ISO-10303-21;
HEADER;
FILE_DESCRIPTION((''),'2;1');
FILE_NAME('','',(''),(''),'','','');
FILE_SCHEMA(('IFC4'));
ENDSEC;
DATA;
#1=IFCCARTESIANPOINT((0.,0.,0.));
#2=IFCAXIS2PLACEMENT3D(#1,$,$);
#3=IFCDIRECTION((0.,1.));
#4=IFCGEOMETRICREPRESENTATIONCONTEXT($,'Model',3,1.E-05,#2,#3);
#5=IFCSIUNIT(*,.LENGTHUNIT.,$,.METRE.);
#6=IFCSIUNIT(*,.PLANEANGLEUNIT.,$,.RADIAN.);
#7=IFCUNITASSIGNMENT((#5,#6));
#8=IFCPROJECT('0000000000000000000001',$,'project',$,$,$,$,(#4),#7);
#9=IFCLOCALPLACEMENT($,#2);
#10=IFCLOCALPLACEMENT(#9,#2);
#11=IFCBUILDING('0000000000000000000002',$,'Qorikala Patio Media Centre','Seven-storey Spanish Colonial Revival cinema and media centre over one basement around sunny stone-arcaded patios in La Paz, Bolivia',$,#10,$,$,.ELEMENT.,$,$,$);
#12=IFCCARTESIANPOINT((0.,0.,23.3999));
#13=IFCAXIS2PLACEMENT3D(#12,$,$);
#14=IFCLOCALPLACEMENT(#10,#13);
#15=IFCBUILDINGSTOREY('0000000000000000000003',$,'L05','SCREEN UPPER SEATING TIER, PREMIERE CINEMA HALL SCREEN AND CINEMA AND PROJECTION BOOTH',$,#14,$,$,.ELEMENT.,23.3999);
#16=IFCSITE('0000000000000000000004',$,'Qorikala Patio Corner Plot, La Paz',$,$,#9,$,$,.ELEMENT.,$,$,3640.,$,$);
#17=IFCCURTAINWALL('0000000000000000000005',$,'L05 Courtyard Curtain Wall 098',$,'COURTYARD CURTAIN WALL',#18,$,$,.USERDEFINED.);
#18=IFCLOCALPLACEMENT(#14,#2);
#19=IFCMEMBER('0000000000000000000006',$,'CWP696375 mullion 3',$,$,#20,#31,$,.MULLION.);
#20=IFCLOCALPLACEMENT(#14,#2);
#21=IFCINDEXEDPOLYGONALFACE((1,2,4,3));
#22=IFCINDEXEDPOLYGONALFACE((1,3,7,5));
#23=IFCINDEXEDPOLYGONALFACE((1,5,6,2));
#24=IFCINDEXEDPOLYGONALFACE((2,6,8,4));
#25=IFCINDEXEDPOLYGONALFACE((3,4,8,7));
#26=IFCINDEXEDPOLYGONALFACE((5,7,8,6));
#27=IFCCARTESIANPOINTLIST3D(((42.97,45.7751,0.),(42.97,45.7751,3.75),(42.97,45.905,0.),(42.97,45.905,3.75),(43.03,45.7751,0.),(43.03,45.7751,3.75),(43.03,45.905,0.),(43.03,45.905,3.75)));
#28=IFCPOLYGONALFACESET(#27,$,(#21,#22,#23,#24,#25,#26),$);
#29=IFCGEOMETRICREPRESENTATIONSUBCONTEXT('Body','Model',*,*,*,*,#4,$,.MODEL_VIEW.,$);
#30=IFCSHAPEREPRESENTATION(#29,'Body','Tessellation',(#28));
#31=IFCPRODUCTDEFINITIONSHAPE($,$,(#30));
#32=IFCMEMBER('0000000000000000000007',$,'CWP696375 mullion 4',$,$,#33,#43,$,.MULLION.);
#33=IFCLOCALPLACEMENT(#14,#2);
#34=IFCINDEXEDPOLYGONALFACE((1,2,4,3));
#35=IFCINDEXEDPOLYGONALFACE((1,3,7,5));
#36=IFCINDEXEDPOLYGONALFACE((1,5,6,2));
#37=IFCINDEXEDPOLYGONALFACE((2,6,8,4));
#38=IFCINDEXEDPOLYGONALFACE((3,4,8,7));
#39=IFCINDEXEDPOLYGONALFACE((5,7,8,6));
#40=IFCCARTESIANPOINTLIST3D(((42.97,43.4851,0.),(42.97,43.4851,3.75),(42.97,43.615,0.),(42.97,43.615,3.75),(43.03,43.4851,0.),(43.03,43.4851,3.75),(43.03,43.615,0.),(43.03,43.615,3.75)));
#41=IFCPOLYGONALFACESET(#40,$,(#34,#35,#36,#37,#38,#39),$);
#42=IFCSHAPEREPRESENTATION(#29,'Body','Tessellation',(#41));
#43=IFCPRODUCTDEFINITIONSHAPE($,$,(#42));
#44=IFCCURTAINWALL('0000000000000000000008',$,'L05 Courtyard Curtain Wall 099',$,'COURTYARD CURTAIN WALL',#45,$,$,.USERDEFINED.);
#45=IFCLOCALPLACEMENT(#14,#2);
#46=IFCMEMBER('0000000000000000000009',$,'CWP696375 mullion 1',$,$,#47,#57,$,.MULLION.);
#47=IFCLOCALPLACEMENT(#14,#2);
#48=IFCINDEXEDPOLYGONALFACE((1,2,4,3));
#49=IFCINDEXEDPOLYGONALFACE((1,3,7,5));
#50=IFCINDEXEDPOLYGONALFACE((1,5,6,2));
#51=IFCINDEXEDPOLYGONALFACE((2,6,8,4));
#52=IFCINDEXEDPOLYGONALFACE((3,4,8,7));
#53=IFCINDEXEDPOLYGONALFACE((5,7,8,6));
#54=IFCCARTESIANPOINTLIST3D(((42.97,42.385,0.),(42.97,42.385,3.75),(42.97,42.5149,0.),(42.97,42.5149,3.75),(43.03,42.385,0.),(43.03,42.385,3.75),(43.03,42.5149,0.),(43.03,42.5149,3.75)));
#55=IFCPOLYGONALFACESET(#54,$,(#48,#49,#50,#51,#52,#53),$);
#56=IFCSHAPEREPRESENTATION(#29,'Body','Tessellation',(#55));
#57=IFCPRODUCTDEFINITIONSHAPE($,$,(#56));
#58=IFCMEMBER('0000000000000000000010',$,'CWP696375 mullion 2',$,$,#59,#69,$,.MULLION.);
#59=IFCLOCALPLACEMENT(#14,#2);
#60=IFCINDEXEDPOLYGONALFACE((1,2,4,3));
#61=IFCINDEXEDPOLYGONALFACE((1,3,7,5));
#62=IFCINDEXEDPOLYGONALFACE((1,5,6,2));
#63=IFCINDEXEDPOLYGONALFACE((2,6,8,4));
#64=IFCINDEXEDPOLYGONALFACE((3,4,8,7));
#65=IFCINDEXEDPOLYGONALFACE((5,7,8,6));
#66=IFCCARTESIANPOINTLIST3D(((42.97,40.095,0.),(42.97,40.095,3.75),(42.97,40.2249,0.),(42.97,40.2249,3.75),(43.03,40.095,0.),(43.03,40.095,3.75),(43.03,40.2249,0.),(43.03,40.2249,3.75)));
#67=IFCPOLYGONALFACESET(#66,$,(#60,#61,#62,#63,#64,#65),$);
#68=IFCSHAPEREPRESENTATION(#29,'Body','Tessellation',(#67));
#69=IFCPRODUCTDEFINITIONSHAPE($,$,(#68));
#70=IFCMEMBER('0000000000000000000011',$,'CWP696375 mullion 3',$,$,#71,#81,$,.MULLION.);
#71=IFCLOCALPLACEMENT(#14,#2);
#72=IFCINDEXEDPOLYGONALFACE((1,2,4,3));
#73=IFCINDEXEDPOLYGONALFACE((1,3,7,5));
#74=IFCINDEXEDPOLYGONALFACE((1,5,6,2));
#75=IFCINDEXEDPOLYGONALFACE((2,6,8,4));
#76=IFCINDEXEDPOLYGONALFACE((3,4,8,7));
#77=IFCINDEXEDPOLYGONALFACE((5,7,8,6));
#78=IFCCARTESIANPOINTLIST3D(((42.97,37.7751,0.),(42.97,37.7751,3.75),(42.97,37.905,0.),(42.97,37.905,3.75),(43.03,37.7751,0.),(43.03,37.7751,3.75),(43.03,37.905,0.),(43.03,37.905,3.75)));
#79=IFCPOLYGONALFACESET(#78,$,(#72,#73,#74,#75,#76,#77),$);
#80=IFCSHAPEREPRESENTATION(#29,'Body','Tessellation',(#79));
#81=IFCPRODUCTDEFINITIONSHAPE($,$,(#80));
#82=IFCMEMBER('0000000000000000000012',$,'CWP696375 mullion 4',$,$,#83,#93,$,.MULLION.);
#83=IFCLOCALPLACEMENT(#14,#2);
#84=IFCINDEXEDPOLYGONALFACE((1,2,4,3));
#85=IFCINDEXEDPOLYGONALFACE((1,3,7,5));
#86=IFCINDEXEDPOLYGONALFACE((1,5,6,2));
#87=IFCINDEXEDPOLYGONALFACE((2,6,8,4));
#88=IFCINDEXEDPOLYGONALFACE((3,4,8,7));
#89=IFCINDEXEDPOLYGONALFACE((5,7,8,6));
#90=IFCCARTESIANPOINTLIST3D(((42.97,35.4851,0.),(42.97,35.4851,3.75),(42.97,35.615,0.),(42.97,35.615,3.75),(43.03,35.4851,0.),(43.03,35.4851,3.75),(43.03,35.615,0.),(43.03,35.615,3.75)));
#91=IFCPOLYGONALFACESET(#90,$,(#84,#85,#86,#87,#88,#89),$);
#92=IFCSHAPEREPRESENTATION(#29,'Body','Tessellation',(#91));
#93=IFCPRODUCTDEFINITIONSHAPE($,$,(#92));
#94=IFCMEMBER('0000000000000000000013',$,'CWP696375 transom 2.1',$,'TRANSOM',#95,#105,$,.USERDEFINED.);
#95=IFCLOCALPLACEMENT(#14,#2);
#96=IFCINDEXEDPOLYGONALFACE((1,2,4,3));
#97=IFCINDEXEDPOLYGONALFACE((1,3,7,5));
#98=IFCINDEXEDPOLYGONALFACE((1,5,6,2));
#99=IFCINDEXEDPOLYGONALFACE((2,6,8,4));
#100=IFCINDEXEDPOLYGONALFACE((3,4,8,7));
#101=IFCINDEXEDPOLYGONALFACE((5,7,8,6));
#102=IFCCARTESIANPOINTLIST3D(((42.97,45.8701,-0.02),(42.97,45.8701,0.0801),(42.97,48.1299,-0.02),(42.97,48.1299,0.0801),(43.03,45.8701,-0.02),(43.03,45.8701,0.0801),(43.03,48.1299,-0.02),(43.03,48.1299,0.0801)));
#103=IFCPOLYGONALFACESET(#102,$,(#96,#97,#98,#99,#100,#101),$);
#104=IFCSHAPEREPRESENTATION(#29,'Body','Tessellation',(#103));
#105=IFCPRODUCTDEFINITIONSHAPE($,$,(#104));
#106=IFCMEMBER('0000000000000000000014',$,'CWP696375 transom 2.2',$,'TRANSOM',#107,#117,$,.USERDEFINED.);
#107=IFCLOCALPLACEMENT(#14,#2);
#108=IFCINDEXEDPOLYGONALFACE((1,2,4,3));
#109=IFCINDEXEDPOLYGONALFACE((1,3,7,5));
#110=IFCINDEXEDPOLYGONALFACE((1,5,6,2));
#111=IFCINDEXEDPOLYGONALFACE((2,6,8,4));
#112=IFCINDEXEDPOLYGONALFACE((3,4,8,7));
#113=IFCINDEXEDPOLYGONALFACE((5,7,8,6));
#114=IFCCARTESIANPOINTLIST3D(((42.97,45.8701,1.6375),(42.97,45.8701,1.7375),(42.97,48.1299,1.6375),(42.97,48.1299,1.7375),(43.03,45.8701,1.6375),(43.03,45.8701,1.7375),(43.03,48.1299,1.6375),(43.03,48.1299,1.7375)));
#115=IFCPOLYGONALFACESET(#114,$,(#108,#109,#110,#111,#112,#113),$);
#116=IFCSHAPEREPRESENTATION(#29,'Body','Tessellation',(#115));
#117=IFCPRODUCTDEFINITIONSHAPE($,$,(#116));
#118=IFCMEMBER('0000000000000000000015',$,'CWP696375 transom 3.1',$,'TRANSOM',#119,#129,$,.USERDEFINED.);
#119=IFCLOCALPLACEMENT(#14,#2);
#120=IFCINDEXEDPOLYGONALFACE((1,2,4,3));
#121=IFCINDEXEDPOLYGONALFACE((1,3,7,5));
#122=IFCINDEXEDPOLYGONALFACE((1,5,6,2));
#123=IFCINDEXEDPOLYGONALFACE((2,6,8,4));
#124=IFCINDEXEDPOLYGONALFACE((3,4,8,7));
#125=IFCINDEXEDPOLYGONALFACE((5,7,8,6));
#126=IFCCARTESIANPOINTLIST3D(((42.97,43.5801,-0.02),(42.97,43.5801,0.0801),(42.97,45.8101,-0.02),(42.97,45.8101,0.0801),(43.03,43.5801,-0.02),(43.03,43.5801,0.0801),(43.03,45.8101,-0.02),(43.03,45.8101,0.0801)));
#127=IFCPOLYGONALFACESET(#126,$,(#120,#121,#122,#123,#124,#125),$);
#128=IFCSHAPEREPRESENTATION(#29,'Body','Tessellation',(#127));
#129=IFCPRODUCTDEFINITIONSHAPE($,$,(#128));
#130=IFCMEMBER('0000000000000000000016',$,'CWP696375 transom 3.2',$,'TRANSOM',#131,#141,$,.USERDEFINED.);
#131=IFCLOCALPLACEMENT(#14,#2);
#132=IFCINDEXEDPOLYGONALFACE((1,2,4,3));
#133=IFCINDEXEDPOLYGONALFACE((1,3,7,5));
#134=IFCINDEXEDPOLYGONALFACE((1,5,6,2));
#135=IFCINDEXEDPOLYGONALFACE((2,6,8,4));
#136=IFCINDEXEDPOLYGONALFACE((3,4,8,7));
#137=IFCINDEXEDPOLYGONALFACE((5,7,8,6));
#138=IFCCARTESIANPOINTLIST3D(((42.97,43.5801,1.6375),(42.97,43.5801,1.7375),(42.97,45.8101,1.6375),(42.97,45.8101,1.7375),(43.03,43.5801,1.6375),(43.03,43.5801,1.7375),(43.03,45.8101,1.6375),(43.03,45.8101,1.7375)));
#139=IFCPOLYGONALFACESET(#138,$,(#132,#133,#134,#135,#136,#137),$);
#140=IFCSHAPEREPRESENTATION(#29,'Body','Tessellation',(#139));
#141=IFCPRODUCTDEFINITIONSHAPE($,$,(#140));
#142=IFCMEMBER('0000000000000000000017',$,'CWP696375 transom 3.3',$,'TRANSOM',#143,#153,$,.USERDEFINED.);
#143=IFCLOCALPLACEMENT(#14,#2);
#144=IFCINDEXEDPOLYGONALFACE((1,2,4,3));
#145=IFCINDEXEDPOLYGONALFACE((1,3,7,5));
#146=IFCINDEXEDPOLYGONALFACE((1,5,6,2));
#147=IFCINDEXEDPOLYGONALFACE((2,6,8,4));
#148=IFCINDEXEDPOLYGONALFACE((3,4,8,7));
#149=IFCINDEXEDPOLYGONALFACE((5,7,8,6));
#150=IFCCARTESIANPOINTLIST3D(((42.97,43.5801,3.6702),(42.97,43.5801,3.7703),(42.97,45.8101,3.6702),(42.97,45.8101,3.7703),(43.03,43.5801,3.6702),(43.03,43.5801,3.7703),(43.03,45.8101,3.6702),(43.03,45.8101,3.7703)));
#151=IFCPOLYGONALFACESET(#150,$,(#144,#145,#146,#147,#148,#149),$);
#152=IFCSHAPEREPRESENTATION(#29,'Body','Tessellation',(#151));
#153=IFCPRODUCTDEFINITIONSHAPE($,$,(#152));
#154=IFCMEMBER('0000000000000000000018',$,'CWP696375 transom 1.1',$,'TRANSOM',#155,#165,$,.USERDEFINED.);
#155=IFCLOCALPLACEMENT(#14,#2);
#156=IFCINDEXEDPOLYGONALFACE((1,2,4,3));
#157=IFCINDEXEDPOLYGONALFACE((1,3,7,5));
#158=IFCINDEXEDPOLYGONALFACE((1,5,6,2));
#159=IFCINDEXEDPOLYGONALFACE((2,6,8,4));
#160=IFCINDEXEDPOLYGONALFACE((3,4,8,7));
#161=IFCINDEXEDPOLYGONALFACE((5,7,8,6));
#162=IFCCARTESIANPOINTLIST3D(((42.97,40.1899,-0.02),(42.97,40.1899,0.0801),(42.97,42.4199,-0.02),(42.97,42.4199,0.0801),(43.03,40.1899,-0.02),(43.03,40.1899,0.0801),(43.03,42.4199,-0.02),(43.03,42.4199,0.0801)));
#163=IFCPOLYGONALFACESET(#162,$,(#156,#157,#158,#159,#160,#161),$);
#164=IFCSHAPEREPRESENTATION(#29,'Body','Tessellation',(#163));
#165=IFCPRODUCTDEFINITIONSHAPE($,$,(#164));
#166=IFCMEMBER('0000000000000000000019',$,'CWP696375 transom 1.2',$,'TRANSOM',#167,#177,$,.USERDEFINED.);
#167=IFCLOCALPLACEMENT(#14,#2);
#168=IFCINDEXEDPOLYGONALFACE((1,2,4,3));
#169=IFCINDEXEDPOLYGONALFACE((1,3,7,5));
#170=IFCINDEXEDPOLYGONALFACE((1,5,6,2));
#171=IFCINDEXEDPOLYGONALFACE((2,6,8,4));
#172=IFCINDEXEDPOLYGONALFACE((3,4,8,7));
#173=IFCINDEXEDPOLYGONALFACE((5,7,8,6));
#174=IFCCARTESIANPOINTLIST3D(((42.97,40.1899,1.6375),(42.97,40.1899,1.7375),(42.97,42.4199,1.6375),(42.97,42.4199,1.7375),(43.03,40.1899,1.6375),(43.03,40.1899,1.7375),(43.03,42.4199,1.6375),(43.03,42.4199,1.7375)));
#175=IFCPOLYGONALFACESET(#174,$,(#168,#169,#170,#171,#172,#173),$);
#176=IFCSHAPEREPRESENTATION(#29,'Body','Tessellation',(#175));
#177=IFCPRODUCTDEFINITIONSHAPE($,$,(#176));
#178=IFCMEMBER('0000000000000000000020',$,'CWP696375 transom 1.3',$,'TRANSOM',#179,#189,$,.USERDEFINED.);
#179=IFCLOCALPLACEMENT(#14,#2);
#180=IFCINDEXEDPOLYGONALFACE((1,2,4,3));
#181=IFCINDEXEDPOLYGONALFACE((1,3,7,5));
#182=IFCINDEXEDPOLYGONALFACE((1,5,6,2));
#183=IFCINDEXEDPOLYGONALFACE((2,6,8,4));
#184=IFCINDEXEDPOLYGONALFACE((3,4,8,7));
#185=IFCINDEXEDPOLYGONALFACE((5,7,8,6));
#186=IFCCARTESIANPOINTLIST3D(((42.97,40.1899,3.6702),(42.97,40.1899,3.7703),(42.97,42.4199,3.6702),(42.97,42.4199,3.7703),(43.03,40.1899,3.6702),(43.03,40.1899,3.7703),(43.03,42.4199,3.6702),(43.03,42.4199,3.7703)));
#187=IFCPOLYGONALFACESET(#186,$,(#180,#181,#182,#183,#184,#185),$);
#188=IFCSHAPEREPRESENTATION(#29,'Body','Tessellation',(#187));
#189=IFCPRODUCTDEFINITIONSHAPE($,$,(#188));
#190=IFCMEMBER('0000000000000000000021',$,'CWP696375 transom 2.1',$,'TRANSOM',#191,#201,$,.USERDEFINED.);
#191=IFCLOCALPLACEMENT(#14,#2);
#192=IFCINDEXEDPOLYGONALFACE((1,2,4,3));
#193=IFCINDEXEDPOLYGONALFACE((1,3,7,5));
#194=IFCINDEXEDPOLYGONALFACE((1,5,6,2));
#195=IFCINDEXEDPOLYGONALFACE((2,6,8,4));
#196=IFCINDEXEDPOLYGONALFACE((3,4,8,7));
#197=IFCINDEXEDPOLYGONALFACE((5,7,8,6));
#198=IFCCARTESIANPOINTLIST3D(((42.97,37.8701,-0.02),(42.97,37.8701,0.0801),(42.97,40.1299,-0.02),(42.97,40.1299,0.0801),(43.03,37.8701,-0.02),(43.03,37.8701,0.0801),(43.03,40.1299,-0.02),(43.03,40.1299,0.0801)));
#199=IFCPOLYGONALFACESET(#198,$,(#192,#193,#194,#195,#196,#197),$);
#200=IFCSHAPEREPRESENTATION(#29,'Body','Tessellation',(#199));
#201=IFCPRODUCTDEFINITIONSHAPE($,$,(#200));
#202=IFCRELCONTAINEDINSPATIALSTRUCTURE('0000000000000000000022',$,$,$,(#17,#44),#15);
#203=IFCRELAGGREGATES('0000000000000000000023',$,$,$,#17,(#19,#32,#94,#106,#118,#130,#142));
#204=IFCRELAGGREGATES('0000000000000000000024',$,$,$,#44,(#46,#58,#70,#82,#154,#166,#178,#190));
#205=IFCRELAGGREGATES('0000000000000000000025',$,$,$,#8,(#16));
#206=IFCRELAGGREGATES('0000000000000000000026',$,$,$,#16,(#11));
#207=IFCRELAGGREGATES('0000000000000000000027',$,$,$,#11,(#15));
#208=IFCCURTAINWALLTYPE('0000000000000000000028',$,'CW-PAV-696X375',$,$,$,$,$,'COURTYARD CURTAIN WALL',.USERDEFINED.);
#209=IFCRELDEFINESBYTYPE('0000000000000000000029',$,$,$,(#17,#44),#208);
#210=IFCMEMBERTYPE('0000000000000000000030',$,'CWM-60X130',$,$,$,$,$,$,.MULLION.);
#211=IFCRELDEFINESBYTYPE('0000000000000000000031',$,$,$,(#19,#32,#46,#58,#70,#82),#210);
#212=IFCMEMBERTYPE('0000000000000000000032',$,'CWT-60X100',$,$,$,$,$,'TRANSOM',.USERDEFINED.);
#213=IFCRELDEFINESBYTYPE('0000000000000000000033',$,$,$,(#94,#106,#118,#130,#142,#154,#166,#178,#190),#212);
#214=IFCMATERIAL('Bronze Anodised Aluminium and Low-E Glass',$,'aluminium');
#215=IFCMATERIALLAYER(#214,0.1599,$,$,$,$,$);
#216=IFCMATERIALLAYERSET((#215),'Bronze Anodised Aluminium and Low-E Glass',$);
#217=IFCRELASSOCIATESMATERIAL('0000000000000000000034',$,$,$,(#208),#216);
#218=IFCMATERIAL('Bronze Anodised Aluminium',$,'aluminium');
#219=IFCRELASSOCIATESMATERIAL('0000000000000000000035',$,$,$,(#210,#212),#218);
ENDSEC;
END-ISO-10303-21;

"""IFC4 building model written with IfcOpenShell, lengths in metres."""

from ifc_helpers import new_model, si_unit, direction, frame, origin, origin_2d, place, context, subcontext, project, spatial, rectangle, extrude, material, layer, layer_set, material_profile, profile_set, type_object, element, aggregate, save


model = new_model("IFC4")

# Units and contexts
model_context = context("Model", 3, precision=1e-05, world=origin(), true_north=direction((0.0, 1.0)))
body_context = subcontext(model_context, "Body", "Model", "MODEL_VIEW")
ifc_project = project(units=[si_unit("LENGTHUNIT", "METRE"), si_unit("PLANEANGLEUNIT", "RADIAN")], contexts=[model_context])

# Site, building, storey
site_placement = place(None, origin())
site = spatial("IfcSite", under=ifc_project, at=site_placement, Name="Qorikala Patio Corner Plot, La Paz", CompositionType="ELEMENT", RefElevation=3640.0)
building_placement = place(site_placement, origin())
building = spatial("IfcBuilding", under=site, at=building_placement, Name="Qorikala Patio Media Centre", Description="Seven-storey Spanish Colonial Revival cinema and media centre over one basement around sunny stone-arcaded patios in La Paz, Bolivia", CompositionType="ELEMENT")
storey_placement = place(building_placement, frame((0.0, 0.0, 23.3999)))
storey = spatial("IfcBuildingStorey", under=building, at=storey_placement, Name="L05", Description="SCREEN UPPER SEATING TIER, PREMIERE CINEMA HALL SCREEN AND CINEMA AND PROJECTION BOOTH", CompositionType="ELEMENT", Elevation=23.3999)

# Curtain walls, members
ifc_material_1 = material(Name="Bronze Anodised Aluminium and Low-E Glass", Category="aluminium")
ifc_layer_1 = layer(ifc_material_1, 0.1599)
ifc_layer_set_1 = layer_set([ifc_layer_1], Name="Bronze Anodised Aluminium and Low-E Glass")
curtain_wall_type = type_object("IfcCurtainWallType", Name="CW-PAV-696X375", ElementType="COURTYARD CURTAIN WALL", PredefinedType="USERDEFINED", material=ifc_layer_set_1)
curtain_wall_1_placement = place(storey_placement, origin())
curtain_wall_1 = element("IfcCurtainWall", 1, at=curtain_wall_1_placement, inside=storey, type_object=curtain_wall_type, Name="L05 Courtyard Curtain Wall 098", ObjectType="COURTYARD CURTAIN WALL", PredefinedType="USERDEFINED")
ifc_material_2 = material(Name="Bronze Anodised Aluminium", Category="aluminium")
ifc_material_profile_1 = material_profile(ifc_material_2, rectangle(XDim=0.0601, YDim=0.1299, at=origin_2d()), Name="ALU MULLION 60x130")
ifc_profile_set_1 = profile_set([ifc_material_profile_1], Name="Bronze Anodised Aluminium")
member_type_1 = type_object("IfcMemberType", Name="CWM-60X130", PredefinedType="MULLION", material=ifc_profile_set_1)
member_1_placement = place(storey_placement, frame((43.0, 45.8401, 0.0), z_axis=(0.0, 0.0, 1.0), x_axis=(1.0, 0.0, 0.0)))
member_1 = element("IfcMember", 2, at=member_1_placement, type_object=member_type_1, Name="CWP696375 mullion 3", PredefinedType="MULLION", context=body_context, shape_type="SweptSolid", body=[
    extrude(rectangle(XDim=0.0601, YDim=0.1299, at=origin_2d()), origin(), (0.0, 0.0, 1.0), 3.75),
])
member_2_placement = place(storey_placement, frame((43.0, 43.55, 0.0), z_axis=(0.0, 0.0, 1.0), x_axis=(1.0, 0.0, 0.0)))
member_2 = element("IfcMember", 3, at=member_2_placement, type_object=member_type_1, Name="CWP696375 mullion 4", PredefinedType="MULLION", context=body_context, shape_type="SweptSolid", body=[
    extrude(rectangle(XDim=0.0601, YDim=0.1299, at=origin_2d()), origin(), (0.0, 0.0, 1.0), 3.75),
])
curtain_wall_2_placement = place(storey_placement, origin())
curtain_wall_2 = element("IfcCurtainWall", 4, at=curtain_wall_2_placement, inside=storey, type_object=curtain_wall_type, Name="L05 Courtyard Curtain Wall 099", ObjectType="COURTYARD CURTAIN WALL", PredefinedType="USERDEFINED")
member_3_placement = place(storey_placement, frame((43.0, 42.45, 0.0), z_axis=(0.0, 0.0, 1.0), x_axis=(1.0, 0.0, 0.0)))
member_3 = element("IfcMember", 5, at=member_3_placement, type_object=member_type_1, Name="CWP696375 mullion 1", PredefinedType="MULLION", context=body_context, shape_type="SweptSolid", body=[
    extrude(rectangle(XDim=0.0601, YDim=0.1299, at=origin_2d()), origin(), (0.0, 0.0, 1.0), 3.75),
])
member_4_placement = place(storey_placement, frame((43.0, 40.1599, 0.0), z_axis=(0.0, 0.0, 1.0), x_axis=(1.0, 0.0, 0.0)))
member_4 = element("IfcMember", 6, at=member_4_placement, type_object=member_type_1, Name="CWP696375 mullion 2", PredefinedType="MULLION", context=body_context, shape_type="SweptSolid", body=[
    extrude(rectangle(XDim=0.0601, YDim=0.1299, at=origin_2d()), origin(), (0.0, 0.0, 1.0), 3.75),
])
member_5_placement = place(storey_placement, frame((43.0, 37.8401, 0.0), z_axis=(0.0, 0.0, 1.0), x_axis=(1.0, 0.0, 0.0)))
member_5 = element("IfcMember", 7, at=member_5_placement, type_object=member_type_1, Name="CWP696375 mullion 3", PredefinedType="MULLION", context=body_context, shape_type="SweptSolid", body=[
    extrude(rectangle(XDim=0.0601, YDim=0.1299, at=origin_2d()), origin(), (0.0, 0.0, 1.0), 3.75),
])
member_6_placement = place(storey_placement, frame((43.0, 35.55, 0.0), z_axis=(0.0, 0.0, 1.0), x_axis=(1.0, 0.0, 0.0)))
member_6 = element("IfcMember", 8, at=member_6_placement, type_object=member_type_1, Name="CWP696375 mullion 4", PredefinedType="MULLION", context=body_context, shape_type="SweptSolid", body=[
    extrude(rectangle(XDim=0.0601, YDim=0.1299, at=origin_2d()), origin(), (0.0, 0.0, 1.0), 3.75),
])

# Members
ifc_material_profile_2 = material_profile(ifc_material_2, rectangle(XDim=0.0601, YDim=0.1001, at=origin_2d()), Name="ALU TRANSOM 60x100")
ifc_profile_set_2 = profile_set([ifc_material_profile_2], Name="Bronze Anodised Aluminium")
member_type_2 = type_object("IfcMemberType", Name="CWT-60X100", ElementType="TRANSOM", PredefinedType="USERDEFINED", material=ifc_profile_set_2)
member_7_placement = place(storey_placement, frame((43.0, 48.1299, 0.03), z_axis=(0.0, -1.0, 0.0), x_axis=(1.0, 0.0, 0.0)))
member_7 = element("IfcMember", 9, at=member_7_placement, type_object=member_type_2, Name="CWP696375 transom 2.1", ObjectType="TRANSOM", PredefinedType="USERDEFINED", context=body_context, shape_type="SweptSolid", body=[
    extrude(rectangle(XDim=0.0601, YDim=0.1001, at=origin_2d()), origin(), (0.0, 0.0, 1.0), 2.2598),
])
member_8_placement = place(storey_placement, frame((43.0, 48.1299, 1.6875), z_axis=(0.0, -1.0, 0.0), x_axis=(1.0, 0.0, 0.0)))
member_8 = element("IfcMember", 10, at=member_8_placement, type_object=member_type_2, Name="CWP696375 transom 2.2", ObjectType="TRANSOM", PredefinedType="USERDEFINED", context=body_context, shape_type="SweptSolid", body=[
    extrude(rectangle(XDim=0.0601, YDim=0.1001, at=origin_2d()), origin(), (0.0, 0.0, 1.0), 2.2598),
])
member_9_placement = place(storey_placement, frame((43.0, 45.8101, 0.03), z_axis=(0.0, -1.0, 0.0), x_axis=(1.0, 0.0, 0.0)))
member_9 = element("IfcMember", 11, at=member_9_placement, type_object=member_type_2, Name="CWP696375 transom 3.1", ObjectType="TRANSOM", PredefinedType="USERDEFINED", context=body_context, shape_type="SweptSolid", body=[
    extrude(rectangle(XDim=0.0601, YDim=0.1001, at=origin_2d()), origin(), (0.0, 0.0, 1.0), 2.23),
])
member_10_placement = place(storey_placement, frame((43.0, 45.8101, 1.6875), z_axis=(0.0, -1.0, 0.0), x_axis=(1.0, 0.0, 0.0)))
member_10 = element("IfcMember", 12, at=member_10_placement, type_object=member_type_2, Name="CWP696375 transom 3.2", ObjectType="TRANSOM", PredefinedType="USERDEFINED", context=body_context, shape_type="SweptSolid", body=[
    extrude(rectangle(XDim=0.0601, YDim=0.1001, at=origin_2d()), origin(), (0.0, 0.0, 1.0), 2.23),
])
member_11_placement = place(storey_placement, frame((43.0, 45.8101, 3.7202), z_axis=(0.0, -1.0, 0.0), x_axis=(1.0, 0.0, 0.0)))
member_11 = element("IfcMember", 13, at=member_11_placement, type_object=member_type_2, Name="CWP696375 transom 3.3", ObjectType="TRANSOM", PredefinedType="USERDEFINED", context=body_context, shape_type="SweptSolid", body=[
    extrude(rectangle(XDim=0.0601, YDim=0.1001, at=origin_2d()), origin(), (0.0, 0.0, 1.0), 2.23),
])
member_12_placement = place(storey_placement, frame((43.0, 42.4199, 0.03), z_axis=(0.0, -1.0, 0.0), x_axis=(1.0, 0.0, 0.0)))
member_12 = element("IfcMember", 14, at=member_12_placement, type_object=member_type_2, Name="CWP696375 transom 1.1", ObjectType="TRANSOM", PredefinedType="USERDEFINED", context=body_context, shape_type="SweptSolid", body=[
    extrude(rectangle(XDim=0.0601, YDim=0.1001, at=origin_2d()), origin(), (0.0, 0.0, 1.0), 2.23),
])
member_13_placement = place(storey_placement, frame((43.0, 42.4199, 1.6875), z_axis=(0.0, -1.0, 0.0), x_axis=(1.0, 0.0, 0.0)))
member_13 = element("IfcMember", 15, at=member_13_placement, type_object=member_type_2, Name="CWP696375 transom 1.2", ObjectType="TRANSOM", PredefinedType="USERDEFINED", context=body_context, shape_type="SweptSolid", body=[
    extrude(rectangle(XDim=0.0601, YDim=0.1001, at=origin_2d()), origin(), (0.0, 0.0, 1.0), 2.23),
])
member_14_placement = place(storey_placement, frame((43.0, 42.4199, 3.7202), z_axis=(0.0, -1.0, 0.0), x_axis=(1.0, 0.0, 0.0)))
member_14 = element("IfcMember", 16, at=member_14_placement, type_object=member_type_2, Name="CWP696375 transom 1.3", ObjectType="TRANSOM", PredefinedType="USERDEFINED", context=body_context, shape_type="SweptSolid", body=[
    extrude(rectangle(XDim=0.0601, YDim=0.1001, at=origin_2d()), origin(), (0.0, 0.0, 1.0), 2.23),
])
member_15_placement = place(storey_placement, frame((43.0, 40.1299, 0.03), z_axis=(0.0, -1.0, 0.0), x_axis=(1.0, 0.0, 0.0)))
member_15 = element("IfcMember", 17, at=member_15_placement, type_object=member_type_2, Name="CWP696375 transom 2.1", ObjectType="TRANSOM", PredefinedType="USERDEFINED", context=body_context, shape_type="SweptSolid", body=[
    extrude(rectangle(XDim=0.0601, YDim=0.1001, at=origin_2d()), origin(), (0.0, 0.0, 1.0), 2.2598),
])

aggregate(curtain_wall_1, [member_1, member_2, member_7, member_8, member_9, member_10, member_11])
aggregate(curtain_wall_2, [member_3, member_4, member_5, member_6, member_12, member_13, member_14, member_15])

save(model, "model.ifc")
